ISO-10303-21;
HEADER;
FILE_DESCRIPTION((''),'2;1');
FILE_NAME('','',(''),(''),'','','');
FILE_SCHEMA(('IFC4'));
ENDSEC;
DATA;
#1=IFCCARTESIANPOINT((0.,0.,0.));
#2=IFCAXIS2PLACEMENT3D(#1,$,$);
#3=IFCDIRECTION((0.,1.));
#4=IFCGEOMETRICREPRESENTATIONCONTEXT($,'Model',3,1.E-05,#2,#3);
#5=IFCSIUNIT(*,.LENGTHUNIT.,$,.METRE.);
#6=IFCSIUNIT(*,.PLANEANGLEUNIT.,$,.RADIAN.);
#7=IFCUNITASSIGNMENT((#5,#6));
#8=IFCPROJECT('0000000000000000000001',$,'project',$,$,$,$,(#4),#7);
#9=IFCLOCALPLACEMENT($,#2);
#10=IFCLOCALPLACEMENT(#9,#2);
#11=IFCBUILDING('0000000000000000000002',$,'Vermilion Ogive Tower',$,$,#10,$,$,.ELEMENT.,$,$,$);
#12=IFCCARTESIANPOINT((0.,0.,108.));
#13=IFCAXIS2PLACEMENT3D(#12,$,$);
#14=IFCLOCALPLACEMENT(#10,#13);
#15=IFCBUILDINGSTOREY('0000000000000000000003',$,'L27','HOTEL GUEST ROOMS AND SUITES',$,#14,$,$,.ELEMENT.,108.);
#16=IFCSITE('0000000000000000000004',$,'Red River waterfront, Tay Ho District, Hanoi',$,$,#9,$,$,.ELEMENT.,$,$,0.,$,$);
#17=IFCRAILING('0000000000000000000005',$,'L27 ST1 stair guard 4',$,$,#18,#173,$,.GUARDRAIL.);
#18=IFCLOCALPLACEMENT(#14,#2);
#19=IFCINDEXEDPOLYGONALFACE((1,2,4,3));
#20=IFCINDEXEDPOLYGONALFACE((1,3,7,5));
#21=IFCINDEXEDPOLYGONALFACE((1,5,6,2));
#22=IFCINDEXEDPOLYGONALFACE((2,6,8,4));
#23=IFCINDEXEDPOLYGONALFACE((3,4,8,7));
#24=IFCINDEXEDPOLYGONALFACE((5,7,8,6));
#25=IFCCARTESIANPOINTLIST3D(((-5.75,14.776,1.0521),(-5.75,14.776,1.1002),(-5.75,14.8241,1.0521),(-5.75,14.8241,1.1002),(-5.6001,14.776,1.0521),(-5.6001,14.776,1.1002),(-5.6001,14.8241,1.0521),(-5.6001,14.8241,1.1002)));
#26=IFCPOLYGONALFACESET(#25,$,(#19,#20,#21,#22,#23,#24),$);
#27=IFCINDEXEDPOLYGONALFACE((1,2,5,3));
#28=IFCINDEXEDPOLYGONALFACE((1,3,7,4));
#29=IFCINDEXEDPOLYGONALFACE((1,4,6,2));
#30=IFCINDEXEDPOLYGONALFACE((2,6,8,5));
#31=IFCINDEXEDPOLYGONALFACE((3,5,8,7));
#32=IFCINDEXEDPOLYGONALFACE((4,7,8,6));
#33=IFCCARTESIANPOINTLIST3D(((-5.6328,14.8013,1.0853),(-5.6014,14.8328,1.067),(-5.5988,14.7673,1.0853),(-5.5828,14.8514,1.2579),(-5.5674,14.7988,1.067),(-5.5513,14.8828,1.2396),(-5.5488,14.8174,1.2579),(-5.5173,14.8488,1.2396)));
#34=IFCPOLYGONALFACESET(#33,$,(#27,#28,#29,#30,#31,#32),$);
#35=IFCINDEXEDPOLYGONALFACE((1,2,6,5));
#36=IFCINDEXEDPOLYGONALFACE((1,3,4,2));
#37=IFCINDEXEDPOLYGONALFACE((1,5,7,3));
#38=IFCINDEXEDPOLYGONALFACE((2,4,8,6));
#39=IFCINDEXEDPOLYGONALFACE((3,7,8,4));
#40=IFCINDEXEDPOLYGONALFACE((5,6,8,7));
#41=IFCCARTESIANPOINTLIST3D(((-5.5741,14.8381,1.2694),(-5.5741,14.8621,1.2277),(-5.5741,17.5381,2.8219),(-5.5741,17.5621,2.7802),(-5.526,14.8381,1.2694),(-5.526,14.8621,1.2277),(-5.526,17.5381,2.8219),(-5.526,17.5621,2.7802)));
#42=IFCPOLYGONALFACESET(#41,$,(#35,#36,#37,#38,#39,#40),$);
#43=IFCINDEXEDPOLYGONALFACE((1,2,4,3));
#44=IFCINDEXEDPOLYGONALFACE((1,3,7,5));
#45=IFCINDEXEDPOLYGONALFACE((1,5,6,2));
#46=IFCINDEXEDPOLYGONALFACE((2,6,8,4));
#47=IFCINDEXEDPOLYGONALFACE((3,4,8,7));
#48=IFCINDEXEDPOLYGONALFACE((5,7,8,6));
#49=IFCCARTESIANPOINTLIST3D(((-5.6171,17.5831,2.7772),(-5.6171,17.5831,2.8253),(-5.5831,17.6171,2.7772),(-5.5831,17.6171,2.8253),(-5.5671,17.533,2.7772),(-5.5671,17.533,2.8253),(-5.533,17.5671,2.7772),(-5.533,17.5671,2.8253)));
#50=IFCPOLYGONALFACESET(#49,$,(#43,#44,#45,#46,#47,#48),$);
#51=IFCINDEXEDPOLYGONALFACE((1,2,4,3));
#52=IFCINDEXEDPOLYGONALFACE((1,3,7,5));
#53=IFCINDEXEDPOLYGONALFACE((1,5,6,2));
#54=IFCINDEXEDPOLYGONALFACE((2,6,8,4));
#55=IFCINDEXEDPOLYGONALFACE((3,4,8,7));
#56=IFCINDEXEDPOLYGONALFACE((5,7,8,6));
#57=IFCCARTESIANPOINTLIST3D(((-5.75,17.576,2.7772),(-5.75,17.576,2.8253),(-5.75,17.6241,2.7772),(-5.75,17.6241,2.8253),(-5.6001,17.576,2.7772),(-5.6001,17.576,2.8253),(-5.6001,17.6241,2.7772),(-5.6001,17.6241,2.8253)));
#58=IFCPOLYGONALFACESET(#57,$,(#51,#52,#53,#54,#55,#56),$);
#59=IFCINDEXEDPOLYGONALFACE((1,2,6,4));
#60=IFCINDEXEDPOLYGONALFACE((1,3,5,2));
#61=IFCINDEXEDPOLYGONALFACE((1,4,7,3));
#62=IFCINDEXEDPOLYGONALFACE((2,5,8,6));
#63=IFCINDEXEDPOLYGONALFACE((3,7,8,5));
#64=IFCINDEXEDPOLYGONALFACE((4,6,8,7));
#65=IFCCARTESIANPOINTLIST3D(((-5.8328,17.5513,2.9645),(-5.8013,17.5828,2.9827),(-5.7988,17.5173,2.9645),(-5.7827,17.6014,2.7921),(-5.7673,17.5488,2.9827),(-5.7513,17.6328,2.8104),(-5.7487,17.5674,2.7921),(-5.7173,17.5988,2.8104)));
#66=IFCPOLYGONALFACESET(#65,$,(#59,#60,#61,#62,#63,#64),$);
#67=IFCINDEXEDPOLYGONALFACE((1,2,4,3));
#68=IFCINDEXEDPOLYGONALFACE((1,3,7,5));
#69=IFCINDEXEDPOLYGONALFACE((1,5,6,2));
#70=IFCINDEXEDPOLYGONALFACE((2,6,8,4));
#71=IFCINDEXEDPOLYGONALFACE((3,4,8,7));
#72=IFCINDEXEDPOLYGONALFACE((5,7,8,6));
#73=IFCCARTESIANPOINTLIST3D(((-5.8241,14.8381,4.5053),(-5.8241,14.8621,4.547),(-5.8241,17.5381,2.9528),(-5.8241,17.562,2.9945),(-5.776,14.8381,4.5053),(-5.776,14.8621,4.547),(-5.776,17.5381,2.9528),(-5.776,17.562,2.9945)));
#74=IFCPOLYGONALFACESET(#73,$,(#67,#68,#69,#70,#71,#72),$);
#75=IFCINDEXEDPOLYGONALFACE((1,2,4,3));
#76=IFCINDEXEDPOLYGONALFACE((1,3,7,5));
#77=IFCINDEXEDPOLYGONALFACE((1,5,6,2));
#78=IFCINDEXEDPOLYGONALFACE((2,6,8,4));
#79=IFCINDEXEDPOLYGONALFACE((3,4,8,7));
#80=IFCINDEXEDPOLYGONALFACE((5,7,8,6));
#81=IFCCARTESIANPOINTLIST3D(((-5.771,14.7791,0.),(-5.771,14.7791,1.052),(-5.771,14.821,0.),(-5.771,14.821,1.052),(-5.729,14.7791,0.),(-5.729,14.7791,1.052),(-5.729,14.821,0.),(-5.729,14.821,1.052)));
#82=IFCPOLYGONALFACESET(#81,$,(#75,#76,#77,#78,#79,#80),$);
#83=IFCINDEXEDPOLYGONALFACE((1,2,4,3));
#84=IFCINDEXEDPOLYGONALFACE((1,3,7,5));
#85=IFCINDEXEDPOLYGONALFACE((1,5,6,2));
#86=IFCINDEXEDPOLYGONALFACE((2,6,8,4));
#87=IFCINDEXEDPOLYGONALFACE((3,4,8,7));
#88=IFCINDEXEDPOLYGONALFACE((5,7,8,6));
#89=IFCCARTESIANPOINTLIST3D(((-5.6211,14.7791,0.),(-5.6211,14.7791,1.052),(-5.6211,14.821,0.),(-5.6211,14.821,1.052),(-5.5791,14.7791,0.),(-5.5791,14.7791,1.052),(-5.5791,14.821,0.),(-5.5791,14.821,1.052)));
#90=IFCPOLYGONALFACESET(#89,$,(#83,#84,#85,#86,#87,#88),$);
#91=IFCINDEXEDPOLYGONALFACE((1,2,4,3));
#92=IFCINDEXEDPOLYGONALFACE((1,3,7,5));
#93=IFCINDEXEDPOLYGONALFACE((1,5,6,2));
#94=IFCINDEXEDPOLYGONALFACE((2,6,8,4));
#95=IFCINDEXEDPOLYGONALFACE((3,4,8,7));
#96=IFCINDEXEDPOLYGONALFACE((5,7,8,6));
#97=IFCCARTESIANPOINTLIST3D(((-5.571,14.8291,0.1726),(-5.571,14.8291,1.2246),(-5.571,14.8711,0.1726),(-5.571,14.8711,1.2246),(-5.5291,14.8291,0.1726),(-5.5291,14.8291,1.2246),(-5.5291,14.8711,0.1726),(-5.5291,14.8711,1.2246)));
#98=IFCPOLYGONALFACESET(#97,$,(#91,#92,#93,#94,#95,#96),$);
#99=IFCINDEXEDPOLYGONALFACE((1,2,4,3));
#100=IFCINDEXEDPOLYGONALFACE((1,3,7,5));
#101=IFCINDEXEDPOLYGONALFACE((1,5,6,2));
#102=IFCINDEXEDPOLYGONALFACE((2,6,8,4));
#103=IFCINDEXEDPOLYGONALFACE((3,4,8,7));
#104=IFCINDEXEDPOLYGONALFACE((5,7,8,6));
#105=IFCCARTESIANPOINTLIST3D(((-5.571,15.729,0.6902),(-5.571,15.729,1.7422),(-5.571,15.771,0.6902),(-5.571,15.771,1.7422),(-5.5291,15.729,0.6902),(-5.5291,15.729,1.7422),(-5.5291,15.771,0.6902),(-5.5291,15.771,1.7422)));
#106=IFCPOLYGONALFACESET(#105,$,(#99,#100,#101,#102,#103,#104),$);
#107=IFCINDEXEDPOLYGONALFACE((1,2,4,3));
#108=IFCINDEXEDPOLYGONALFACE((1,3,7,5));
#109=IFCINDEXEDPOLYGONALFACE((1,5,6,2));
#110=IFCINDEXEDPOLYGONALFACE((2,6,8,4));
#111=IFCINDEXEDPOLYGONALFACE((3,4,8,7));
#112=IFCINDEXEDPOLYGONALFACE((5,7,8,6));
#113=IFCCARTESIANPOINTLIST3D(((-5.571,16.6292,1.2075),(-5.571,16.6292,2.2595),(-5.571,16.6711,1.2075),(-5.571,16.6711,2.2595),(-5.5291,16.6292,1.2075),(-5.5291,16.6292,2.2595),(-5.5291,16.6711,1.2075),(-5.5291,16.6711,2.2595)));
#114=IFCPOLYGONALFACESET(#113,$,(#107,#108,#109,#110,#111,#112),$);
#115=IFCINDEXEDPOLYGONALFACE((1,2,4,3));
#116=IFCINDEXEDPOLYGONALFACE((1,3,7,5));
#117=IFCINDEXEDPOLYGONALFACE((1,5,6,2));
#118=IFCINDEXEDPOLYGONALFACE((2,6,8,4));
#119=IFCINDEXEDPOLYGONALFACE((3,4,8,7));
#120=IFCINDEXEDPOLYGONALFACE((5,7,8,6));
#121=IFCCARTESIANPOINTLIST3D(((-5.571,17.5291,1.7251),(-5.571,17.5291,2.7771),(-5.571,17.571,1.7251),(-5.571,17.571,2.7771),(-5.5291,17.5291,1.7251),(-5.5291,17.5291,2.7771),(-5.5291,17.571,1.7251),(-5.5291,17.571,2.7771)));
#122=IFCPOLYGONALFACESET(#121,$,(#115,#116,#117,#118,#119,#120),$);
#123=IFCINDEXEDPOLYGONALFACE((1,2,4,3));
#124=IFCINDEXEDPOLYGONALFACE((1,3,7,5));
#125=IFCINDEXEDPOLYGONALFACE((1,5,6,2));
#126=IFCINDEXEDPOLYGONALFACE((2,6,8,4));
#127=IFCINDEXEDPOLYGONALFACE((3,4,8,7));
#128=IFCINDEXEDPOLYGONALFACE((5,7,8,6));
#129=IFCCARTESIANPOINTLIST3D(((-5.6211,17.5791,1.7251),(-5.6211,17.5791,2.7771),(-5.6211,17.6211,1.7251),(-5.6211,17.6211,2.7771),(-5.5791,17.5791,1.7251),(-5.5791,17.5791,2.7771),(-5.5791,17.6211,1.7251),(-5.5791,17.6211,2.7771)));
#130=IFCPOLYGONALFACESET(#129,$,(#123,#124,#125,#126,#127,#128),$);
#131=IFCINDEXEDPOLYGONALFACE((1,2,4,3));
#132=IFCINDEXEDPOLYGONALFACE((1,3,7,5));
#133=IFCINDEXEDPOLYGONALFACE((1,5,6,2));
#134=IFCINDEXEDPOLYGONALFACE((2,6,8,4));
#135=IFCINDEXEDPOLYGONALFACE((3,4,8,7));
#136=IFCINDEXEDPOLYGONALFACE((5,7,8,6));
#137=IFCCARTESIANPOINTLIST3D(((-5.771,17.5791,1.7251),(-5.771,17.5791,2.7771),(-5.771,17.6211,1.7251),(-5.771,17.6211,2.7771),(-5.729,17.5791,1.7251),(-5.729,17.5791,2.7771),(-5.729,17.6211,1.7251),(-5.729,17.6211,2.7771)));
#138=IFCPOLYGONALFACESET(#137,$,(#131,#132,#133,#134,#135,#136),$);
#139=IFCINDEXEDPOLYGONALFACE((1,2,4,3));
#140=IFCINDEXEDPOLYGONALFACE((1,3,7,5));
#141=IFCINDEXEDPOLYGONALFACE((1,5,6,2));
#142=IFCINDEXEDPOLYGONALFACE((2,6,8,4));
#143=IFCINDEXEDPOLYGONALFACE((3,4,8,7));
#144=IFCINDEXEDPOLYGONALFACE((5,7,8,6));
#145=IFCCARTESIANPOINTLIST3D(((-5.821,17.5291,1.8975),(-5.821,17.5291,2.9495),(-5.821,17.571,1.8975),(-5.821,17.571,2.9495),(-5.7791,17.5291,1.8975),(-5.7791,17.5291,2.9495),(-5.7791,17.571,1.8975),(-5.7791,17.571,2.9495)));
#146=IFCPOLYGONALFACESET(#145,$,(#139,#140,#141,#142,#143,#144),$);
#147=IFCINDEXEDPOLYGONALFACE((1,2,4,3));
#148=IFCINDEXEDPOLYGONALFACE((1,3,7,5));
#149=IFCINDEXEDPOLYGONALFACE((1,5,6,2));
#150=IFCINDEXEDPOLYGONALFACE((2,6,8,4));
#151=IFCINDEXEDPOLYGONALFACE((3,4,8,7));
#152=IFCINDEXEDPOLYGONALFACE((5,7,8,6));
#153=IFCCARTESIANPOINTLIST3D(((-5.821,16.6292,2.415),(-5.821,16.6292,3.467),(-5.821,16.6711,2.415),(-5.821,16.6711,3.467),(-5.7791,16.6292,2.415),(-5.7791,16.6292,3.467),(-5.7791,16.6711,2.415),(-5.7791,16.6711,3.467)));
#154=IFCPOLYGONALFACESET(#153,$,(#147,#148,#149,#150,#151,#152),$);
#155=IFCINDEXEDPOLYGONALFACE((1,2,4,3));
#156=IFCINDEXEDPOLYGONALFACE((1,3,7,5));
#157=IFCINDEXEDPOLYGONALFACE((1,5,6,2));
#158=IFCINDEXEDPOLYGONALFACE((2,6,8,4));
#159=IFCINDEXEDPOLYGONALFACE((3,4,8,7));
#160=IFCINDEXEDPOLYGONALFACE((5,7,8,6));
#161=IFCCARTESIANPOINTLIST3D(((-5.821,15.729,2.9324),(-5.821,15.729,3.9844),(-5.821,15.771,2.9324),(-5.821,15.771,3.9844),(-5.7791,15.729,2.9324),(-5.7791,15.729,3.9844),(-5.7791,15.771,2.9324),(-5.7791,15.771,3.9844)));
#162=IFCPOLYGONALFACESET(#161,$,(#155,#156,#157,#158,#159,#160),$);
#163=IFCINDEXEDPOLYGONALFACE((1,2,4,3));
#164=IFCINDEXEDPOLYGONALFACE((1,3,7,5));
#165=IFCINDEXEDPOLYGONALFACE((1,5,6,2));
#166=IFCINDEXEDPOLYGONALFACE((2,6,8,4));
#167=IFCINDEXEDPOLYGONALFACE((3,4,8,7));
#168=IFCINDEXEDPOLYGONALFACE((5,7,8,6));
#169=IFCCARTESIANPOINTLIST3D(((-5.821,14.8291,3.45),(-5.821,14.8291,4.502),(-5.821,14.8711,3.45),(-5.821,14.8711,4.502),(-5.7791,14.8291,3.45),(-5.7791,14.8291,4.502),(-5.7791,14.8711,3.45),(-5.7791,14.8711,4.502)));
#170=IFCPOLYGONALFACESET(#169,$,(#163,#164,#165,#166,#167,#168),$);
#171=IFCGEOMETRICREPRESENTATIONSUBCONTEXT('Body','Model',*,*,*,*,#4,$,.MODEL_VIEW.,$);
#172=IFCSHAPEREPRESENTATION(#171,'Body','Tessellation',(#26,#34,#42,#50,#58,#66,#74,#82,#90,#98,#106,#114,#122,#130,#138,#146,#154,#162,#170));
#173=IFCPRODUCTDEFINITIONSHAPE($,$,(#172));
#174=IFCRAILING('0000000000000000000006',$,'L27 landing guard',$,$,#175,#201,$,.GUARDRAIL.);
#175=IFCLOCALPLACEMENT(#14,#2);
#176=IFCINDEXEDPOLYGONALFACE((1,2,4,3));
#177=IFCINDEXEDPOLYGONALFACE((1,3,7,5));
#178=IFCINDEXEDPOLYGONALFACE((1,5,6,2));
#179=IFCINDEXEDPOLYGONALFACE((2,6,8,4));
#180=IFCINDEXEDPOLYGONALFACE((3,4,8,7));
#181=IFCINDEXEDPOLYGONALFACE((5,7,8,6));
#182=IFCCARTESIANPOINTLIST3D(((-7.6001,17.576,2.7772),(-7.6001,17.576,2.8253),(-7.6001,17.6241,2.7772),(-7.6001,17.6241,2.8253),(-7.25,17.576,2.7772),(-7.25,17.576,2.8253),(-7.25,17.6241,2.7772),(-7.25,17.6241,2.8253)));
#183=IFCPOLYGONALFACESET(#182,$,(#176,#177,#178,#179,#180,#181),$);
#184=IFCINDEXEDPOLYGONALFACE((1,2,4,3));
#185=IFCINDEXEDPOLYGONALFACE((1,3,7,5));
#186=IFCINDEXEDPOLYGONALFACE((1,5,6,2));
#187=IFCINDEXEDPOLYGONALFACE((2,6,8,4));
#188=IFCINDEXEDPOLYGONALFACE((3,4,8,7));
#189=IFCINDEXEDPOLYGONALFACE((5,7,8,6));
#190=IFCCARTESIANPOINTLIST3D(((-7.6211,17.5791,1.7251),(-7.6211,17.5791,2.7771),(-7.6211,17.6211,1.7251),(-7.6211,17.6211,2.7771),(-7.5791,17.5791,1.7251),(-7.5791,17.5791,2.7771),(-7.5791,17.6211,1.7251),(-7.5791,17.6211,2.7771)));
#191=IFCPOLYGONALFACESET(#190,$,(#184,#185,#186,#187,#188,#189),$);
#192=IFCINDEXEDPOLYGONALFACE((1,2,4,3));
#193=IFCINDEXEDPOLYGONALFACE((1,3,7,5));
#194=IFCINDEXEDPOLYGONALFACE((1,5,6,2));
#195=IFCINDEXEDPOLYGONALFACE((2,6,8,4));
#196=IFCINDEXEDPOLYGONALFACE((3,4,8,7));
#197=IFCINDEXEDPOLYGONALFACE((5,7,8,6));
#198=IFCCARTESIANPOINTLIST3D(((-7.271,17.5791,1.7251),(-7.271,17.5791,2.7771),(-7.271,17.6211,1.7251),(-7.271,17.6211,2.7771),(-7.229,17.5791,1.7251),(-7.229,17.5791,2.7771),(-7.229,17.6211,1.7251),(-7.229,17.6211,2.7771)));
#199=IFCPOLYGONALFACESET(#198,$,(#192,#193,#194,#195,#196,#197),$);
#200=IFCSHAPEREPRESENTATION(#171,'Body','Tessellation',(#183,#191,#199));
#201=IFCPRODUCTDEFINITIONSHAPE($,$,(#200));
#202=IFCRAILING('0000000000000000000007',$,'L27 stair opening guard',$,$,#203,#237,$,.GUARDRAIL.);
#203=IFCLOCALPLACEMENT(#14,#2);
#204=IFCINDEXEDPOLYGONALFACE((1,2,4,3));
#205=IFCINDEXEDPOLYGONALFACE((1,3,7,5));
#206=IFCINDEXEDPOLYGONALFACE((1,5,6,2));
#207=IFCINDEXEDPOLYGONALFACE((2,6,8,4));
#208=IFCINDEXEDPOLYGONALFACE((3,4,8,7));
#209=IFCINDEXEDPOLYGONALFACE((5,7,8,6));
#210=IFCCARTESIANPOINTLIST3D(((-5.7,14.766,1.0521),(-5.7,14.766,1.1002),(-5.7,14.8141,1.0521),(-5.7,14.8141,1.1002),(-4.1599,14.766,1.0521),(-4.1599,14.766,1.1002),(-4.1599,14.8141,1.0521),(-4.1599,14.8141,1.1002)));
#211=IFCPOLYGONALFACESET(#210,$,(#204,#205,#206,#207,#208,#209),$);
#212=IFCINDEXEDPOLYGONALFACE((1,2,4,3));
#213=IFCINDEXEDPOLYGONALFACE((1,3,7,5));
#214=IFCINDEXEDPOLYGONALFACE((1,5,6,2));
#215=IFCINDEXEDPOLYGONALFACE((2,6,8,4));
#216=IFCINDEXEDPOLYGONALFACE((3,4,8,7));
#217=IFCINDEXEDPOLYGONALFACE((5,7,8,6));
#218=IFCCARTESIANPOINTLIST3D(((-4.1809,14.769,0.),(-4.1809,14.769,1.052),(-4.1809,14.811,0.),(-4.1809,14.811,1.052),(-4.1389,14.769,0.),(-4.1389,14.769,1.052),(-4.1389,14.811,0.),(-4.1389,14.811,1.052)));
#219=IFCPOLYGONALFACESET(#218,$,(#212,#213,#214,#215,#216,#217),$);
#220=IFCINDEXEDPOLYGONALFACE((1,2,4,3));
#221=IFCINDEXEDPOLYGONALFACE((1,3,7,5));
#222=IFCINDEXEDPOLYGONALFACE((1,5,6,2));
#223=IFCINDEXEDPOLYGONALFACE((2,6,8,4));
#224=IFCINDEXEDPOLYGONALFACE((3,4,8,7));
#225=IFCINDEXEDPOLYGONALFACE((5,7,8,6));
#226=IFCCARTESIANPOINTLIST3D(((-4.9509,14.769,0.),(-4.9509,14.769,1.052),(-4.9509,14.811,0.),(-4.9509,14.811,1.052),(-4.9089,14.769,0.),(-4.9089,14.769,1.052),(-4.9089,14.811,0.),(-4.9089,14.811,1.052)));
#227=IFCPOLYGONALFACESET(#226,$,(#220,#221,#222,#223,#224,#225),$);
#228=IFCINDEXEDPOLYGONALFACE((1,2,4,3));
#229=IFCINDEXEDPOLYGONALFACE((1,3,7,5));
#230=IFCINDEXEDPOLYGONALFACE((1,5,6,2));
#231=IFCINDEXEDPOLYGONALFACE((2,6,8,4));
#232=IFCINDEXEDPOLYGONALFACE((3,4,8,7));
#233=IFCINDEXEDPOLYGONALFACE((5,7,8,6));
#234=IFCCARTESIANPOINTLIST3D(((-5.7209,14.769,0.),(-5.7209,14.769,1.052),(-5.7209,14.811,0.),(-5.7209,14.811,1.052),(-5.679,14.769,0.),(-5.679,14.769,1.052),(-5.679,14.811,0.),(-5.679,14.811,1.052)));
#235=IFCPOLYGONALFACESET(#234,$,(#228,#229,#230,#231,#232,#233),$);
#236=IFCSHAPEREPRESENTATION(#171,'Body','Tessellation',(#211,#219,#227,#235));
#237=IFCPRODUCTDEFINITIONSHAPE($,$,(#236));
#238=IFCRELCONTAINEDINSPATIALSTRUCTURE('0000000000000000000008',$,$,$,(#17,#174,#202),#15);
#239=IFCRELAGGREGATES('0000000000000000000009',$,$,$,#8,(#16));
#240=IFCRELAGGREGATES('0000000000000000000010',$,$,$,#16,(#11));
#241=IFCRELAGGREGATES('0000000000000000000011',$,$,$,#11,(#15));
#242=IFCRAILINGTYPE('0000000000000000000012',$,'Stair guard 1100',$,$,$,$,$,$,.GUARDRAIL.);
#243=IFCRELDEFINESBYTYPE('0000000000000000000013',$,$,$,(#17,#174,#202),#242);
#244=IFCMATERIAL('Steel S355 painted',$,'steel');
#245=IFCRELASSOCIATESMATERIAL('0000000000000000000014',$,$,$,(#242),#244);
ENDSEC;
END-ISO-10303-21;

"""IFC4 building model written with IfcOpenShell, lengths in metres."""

from ifc_helpers import new_model, si_unit, direction, frame, origin, origin_2d, place, context, subcontext, project, spatial, rectangle, extrude, material, type_object, element, save


model = new_model("IFC4")

# Units and contexts
model_context = context("Model", 3, precision=1e-05, world=origin(), true_north=direction((0.0, 1.0)))
body_context = subcontext(model_context, "Body", "Model", "MODEL_VIEW")
ifc_project = project(units=[si_unit("LENGTHUNIT", "METRE"), si_unit("PLANEANGLEUNIT", "RADIAN")], contexts=[model_context])

# Site, building, storey
site_placement = place(None, origin())
site = spatial("IfcSite", under=ifc_project, at=site_placement, Name="Red River waterfront, Tay Ho District, Hanoi", CompositionType="ELEMENT", RefElevation=0.0)
building_placement = place(site_placement, origin())
building = spatial("IfcBuilding", under=site, at=building_placement, Name="Vermilion Ogive Tower", CompositionType="ELEMENT")
storey_placement = place(building_placement, frame((0.0, 0.0, 108.0)))
storey = spatial("IfcBuildingStorey", under=building, at=storey_placement, Name="L27", Description="HOTEL GUEST ROOMS AND SUITES", CompositionType="ELEMENT", Elevation=108.0)

# Railings
ifc_material_1 = material(Name="Steel S355 painted", Category="steel")
railing_type_1 = type_object("IfcRailingType", Name="Stair guard 1100", PredefinedType="GUARDRAIL", material=ifc_material_1)
railing_1_placement = place(storey_placement, frame((-5.75, 14.8, 0.0)))
element("IfcRailing", 1, at=railing_1_placement, inside=storey, type_object=railing_type_1, Name="L27 ST1 stair guard 4", PredefinedType="GUARDRAIL", context=body_context, shape_type="SweptSolid", body=[
    extrude(rectangle(XDim=0.0481, YDim=0.0481, at=origin_2d()), frame((0.0, 0.0, 1.0762), z_axis=(1.0, 0.0, 0.0), x_axis=(0.0, 1.0, 0.0)), (0.0, 0.0, 1.0), 0.1499),
    extrude(rectangle(XDim=0.0481, YDim=0.0481, at=origin_2d()), frame((0.1499, 0.0, 1.0762), z_axis=(0.268278, 0.268278, 0.925232), x_axis=(-0.707107, 0.707107, 0.0)), (0.0, 0.0, 1.0), 0.1865),
    extrude(rectangle(XDim=0.0481, YDim=0.0481, at=origin_2d()), frame((0.2, 0.05, 1.2485), z_axis=(0.0, 0.866904, 0.498476), x_axis=(-1.0, 0.0, 0.0)), (0.0, 0.0, 1.0), 3.1145),
    extrude(rectangle(XDim=0.0481, YDim=0.0481, at=origin_2d()), frame((0.2, 2.75, 2.8013), z_axis=(-0.707107, 0.707107, 0.0), x_axis=(-0.707107, -0.707107, 0.0)), (0.0, 0.0, 1.0), 0.0708),
    extrude(rectangle(XDim=0.0481, YDim=0.0481, at=origin_2d()), frame((0.1499, 2.8, 2.8013), z_axis=(-1.0, 0.0, 0.0), x_axis=(0.0, -1.0, 0.0)), (0.0, 0.0, 1.0), 0.1499),
    extrude(rectangle(XDim=0.0481, YDim=0.0481, at=origin_2d()), frame((0.0, 2.8, 2.8013), z_axis=(-0.268603, -0.268603, 0.925043), x_axis=(0.707107, -0.707107, 0.0)), (0.0, 0.0, 1.0), 0.1863),
    extrude(rectangle(XDim=0.0481, YDim=0.0481, at=origin_2d()), frame((-0.05, 2.75, 2.9736), z_axis=(0.0, -0.866904, 0.498476), x_axis=(1.0, 0.0, 0.0)), (0.0, 0.0, 1.0), 3.1145),
    extrude(rectangle(XDim=0.042, YDim=0.042, at=origin_2d()), origin(), (0.0, 0.0, 1.0), 1.052),
    extrude(rectangle(XDim=0.042, YDim=0.042, at=origin_2d()), frame((0.1499, 0.0, 0.0)), (0.0, 0.0, 1.0), 1.052),
    extrude(rectangle(XDim=0.042, YDim=0.042, at=origin_2d()), frame((0.2, 0.05, 0.1726)), (0.0, 0.0, 1.0), 1.052),
    extrude(rectangle(XDim=0.042, YDim=0.042, at=origin_2d()), frame((0.2, 0.95, 0.6902)), (0.0, 0.0, 1.0), 1.052),
    extrude(rectangle(XDim=0.042, YDim=0.042, at=origin_2d()), frame((0.2, 1.8501, 1.2075)), (0.0, 0.0, 1.0), 1.052),
    extrude(rectangle(XDim=0.042, YDim=0.042, at=origin_2d()), frame((0.2, 2.75, 1.7251)), (0.0, 0.0, 1.0), 1.052),
    extrude(rectangle(XDim=0.042, YDim=0.042, at=origin_2d()), frame((0.1499, 2.8, 1.7251)), (0.0, 0.0, 1.0), 1.052),
    extrude(rectangle(XDim=0.042, YDim=0.042, at=origin_2d()), frame((0.0, 2.8, 1.7251)), (0.0, 0.0, 1.0), 1.052),
    extrude(rectangle(XDim=0.042, YDim=0.042, at=origin_2d()), frame((-0.05, 2.75, 1.8975)), (0.0, 0.0, 1.0), 1.052),
    extrude(rectangle(XDim=0.042, YDim=0.042, at=origin_2d()), frame((-0.05, 1.8501, 2.415)), (0.0, 0.0, 1.0), 1.052),
    extrude(rectangle(XDim=0.042, YDim=0.042, at=origin_2d()), frame((-0.05, 0.95, 2.9324)), (0.0, 0.0, 1.0), 1.052),
    extrude(rectangle(XDim=0.042, YDim=0.042, at=origin_2d()), frame((-0.05, 0.05, 3.45)), (0.0, 0.0, 1.0), 1.052),
])
railing_2_placement = place(storey_placement, frame((-7.6001, 17.6001, 1.7251)))
element("IfcRailing", 2, at=railing_2_placement, inside=storey, type_object=railing_type_1, Name="L27 landing guard", PredefinedType="GUARDRAIL", context=body_context, shape_type="SweptSolid", body=[
    extrude(rectangle(XDim=0.0481, YDim=0.0481, at=origin_2d()), frame((0.0, 0.0, 1.0762), z_axis=(1.0, 0.0, 0.0), x_axis=(0.0, 1.0, 0.0)), (0.0, 0.0, 1.0), 0.3501),
    extrude(rectangle(XDim=0.042, YDim=0.042, at=origin_2d()), origin(), (0.0, 0.0, 1.0), 1.052),
    extrude(rectangle(XDim=0.042, YDim=0.042, at=origin_2d()), frame((0.3501, 0.0, 0.0)), (0.0, 0.0, 1.0), 1.052),
])
railing_3_placement = place(storey_placement, frame((-4.1599, 14.79, 0.0)))
element("IfcRailing", 3, at=railing_3_placement, inside=storey, type_object=railing_type_1, Name="L27 stair opening guard", PredefinedType="GUARDRAIL", context=body_context, shape_type="SweptSolid", body=[
    extrude(rectangle(XDim=0.0481, YDim=0.0481, at=origin_2d()), frame((0.0, 0.0, 1.0762), z_axis=(-1.0, 0.0, 0.0), x_axis=(0.0, -1.0, 0.0)), (0.0, 0.0, 1.0), 1.54),
    extrude(rectangle(XDim=0.042, YDim=0.042, at=origin_2d()), origin(), (0.0, 0.0, 1.0), 1.052),
    extrude(rectangle(XDim=0.042, YDim=0.042, at=origin_2d()), frame((-0.77, 0.0, 0.0)), (0.0, 0.0, 1.0), 1.052),
    extrude(rectangle(XDim=0.042, YDim=0.042, at=origin_2d()), frame((-1.54, 0.0, 0.0)), (0.0, 0.0, 1.0), 1.052),
])

save(model, "model.ifc")
